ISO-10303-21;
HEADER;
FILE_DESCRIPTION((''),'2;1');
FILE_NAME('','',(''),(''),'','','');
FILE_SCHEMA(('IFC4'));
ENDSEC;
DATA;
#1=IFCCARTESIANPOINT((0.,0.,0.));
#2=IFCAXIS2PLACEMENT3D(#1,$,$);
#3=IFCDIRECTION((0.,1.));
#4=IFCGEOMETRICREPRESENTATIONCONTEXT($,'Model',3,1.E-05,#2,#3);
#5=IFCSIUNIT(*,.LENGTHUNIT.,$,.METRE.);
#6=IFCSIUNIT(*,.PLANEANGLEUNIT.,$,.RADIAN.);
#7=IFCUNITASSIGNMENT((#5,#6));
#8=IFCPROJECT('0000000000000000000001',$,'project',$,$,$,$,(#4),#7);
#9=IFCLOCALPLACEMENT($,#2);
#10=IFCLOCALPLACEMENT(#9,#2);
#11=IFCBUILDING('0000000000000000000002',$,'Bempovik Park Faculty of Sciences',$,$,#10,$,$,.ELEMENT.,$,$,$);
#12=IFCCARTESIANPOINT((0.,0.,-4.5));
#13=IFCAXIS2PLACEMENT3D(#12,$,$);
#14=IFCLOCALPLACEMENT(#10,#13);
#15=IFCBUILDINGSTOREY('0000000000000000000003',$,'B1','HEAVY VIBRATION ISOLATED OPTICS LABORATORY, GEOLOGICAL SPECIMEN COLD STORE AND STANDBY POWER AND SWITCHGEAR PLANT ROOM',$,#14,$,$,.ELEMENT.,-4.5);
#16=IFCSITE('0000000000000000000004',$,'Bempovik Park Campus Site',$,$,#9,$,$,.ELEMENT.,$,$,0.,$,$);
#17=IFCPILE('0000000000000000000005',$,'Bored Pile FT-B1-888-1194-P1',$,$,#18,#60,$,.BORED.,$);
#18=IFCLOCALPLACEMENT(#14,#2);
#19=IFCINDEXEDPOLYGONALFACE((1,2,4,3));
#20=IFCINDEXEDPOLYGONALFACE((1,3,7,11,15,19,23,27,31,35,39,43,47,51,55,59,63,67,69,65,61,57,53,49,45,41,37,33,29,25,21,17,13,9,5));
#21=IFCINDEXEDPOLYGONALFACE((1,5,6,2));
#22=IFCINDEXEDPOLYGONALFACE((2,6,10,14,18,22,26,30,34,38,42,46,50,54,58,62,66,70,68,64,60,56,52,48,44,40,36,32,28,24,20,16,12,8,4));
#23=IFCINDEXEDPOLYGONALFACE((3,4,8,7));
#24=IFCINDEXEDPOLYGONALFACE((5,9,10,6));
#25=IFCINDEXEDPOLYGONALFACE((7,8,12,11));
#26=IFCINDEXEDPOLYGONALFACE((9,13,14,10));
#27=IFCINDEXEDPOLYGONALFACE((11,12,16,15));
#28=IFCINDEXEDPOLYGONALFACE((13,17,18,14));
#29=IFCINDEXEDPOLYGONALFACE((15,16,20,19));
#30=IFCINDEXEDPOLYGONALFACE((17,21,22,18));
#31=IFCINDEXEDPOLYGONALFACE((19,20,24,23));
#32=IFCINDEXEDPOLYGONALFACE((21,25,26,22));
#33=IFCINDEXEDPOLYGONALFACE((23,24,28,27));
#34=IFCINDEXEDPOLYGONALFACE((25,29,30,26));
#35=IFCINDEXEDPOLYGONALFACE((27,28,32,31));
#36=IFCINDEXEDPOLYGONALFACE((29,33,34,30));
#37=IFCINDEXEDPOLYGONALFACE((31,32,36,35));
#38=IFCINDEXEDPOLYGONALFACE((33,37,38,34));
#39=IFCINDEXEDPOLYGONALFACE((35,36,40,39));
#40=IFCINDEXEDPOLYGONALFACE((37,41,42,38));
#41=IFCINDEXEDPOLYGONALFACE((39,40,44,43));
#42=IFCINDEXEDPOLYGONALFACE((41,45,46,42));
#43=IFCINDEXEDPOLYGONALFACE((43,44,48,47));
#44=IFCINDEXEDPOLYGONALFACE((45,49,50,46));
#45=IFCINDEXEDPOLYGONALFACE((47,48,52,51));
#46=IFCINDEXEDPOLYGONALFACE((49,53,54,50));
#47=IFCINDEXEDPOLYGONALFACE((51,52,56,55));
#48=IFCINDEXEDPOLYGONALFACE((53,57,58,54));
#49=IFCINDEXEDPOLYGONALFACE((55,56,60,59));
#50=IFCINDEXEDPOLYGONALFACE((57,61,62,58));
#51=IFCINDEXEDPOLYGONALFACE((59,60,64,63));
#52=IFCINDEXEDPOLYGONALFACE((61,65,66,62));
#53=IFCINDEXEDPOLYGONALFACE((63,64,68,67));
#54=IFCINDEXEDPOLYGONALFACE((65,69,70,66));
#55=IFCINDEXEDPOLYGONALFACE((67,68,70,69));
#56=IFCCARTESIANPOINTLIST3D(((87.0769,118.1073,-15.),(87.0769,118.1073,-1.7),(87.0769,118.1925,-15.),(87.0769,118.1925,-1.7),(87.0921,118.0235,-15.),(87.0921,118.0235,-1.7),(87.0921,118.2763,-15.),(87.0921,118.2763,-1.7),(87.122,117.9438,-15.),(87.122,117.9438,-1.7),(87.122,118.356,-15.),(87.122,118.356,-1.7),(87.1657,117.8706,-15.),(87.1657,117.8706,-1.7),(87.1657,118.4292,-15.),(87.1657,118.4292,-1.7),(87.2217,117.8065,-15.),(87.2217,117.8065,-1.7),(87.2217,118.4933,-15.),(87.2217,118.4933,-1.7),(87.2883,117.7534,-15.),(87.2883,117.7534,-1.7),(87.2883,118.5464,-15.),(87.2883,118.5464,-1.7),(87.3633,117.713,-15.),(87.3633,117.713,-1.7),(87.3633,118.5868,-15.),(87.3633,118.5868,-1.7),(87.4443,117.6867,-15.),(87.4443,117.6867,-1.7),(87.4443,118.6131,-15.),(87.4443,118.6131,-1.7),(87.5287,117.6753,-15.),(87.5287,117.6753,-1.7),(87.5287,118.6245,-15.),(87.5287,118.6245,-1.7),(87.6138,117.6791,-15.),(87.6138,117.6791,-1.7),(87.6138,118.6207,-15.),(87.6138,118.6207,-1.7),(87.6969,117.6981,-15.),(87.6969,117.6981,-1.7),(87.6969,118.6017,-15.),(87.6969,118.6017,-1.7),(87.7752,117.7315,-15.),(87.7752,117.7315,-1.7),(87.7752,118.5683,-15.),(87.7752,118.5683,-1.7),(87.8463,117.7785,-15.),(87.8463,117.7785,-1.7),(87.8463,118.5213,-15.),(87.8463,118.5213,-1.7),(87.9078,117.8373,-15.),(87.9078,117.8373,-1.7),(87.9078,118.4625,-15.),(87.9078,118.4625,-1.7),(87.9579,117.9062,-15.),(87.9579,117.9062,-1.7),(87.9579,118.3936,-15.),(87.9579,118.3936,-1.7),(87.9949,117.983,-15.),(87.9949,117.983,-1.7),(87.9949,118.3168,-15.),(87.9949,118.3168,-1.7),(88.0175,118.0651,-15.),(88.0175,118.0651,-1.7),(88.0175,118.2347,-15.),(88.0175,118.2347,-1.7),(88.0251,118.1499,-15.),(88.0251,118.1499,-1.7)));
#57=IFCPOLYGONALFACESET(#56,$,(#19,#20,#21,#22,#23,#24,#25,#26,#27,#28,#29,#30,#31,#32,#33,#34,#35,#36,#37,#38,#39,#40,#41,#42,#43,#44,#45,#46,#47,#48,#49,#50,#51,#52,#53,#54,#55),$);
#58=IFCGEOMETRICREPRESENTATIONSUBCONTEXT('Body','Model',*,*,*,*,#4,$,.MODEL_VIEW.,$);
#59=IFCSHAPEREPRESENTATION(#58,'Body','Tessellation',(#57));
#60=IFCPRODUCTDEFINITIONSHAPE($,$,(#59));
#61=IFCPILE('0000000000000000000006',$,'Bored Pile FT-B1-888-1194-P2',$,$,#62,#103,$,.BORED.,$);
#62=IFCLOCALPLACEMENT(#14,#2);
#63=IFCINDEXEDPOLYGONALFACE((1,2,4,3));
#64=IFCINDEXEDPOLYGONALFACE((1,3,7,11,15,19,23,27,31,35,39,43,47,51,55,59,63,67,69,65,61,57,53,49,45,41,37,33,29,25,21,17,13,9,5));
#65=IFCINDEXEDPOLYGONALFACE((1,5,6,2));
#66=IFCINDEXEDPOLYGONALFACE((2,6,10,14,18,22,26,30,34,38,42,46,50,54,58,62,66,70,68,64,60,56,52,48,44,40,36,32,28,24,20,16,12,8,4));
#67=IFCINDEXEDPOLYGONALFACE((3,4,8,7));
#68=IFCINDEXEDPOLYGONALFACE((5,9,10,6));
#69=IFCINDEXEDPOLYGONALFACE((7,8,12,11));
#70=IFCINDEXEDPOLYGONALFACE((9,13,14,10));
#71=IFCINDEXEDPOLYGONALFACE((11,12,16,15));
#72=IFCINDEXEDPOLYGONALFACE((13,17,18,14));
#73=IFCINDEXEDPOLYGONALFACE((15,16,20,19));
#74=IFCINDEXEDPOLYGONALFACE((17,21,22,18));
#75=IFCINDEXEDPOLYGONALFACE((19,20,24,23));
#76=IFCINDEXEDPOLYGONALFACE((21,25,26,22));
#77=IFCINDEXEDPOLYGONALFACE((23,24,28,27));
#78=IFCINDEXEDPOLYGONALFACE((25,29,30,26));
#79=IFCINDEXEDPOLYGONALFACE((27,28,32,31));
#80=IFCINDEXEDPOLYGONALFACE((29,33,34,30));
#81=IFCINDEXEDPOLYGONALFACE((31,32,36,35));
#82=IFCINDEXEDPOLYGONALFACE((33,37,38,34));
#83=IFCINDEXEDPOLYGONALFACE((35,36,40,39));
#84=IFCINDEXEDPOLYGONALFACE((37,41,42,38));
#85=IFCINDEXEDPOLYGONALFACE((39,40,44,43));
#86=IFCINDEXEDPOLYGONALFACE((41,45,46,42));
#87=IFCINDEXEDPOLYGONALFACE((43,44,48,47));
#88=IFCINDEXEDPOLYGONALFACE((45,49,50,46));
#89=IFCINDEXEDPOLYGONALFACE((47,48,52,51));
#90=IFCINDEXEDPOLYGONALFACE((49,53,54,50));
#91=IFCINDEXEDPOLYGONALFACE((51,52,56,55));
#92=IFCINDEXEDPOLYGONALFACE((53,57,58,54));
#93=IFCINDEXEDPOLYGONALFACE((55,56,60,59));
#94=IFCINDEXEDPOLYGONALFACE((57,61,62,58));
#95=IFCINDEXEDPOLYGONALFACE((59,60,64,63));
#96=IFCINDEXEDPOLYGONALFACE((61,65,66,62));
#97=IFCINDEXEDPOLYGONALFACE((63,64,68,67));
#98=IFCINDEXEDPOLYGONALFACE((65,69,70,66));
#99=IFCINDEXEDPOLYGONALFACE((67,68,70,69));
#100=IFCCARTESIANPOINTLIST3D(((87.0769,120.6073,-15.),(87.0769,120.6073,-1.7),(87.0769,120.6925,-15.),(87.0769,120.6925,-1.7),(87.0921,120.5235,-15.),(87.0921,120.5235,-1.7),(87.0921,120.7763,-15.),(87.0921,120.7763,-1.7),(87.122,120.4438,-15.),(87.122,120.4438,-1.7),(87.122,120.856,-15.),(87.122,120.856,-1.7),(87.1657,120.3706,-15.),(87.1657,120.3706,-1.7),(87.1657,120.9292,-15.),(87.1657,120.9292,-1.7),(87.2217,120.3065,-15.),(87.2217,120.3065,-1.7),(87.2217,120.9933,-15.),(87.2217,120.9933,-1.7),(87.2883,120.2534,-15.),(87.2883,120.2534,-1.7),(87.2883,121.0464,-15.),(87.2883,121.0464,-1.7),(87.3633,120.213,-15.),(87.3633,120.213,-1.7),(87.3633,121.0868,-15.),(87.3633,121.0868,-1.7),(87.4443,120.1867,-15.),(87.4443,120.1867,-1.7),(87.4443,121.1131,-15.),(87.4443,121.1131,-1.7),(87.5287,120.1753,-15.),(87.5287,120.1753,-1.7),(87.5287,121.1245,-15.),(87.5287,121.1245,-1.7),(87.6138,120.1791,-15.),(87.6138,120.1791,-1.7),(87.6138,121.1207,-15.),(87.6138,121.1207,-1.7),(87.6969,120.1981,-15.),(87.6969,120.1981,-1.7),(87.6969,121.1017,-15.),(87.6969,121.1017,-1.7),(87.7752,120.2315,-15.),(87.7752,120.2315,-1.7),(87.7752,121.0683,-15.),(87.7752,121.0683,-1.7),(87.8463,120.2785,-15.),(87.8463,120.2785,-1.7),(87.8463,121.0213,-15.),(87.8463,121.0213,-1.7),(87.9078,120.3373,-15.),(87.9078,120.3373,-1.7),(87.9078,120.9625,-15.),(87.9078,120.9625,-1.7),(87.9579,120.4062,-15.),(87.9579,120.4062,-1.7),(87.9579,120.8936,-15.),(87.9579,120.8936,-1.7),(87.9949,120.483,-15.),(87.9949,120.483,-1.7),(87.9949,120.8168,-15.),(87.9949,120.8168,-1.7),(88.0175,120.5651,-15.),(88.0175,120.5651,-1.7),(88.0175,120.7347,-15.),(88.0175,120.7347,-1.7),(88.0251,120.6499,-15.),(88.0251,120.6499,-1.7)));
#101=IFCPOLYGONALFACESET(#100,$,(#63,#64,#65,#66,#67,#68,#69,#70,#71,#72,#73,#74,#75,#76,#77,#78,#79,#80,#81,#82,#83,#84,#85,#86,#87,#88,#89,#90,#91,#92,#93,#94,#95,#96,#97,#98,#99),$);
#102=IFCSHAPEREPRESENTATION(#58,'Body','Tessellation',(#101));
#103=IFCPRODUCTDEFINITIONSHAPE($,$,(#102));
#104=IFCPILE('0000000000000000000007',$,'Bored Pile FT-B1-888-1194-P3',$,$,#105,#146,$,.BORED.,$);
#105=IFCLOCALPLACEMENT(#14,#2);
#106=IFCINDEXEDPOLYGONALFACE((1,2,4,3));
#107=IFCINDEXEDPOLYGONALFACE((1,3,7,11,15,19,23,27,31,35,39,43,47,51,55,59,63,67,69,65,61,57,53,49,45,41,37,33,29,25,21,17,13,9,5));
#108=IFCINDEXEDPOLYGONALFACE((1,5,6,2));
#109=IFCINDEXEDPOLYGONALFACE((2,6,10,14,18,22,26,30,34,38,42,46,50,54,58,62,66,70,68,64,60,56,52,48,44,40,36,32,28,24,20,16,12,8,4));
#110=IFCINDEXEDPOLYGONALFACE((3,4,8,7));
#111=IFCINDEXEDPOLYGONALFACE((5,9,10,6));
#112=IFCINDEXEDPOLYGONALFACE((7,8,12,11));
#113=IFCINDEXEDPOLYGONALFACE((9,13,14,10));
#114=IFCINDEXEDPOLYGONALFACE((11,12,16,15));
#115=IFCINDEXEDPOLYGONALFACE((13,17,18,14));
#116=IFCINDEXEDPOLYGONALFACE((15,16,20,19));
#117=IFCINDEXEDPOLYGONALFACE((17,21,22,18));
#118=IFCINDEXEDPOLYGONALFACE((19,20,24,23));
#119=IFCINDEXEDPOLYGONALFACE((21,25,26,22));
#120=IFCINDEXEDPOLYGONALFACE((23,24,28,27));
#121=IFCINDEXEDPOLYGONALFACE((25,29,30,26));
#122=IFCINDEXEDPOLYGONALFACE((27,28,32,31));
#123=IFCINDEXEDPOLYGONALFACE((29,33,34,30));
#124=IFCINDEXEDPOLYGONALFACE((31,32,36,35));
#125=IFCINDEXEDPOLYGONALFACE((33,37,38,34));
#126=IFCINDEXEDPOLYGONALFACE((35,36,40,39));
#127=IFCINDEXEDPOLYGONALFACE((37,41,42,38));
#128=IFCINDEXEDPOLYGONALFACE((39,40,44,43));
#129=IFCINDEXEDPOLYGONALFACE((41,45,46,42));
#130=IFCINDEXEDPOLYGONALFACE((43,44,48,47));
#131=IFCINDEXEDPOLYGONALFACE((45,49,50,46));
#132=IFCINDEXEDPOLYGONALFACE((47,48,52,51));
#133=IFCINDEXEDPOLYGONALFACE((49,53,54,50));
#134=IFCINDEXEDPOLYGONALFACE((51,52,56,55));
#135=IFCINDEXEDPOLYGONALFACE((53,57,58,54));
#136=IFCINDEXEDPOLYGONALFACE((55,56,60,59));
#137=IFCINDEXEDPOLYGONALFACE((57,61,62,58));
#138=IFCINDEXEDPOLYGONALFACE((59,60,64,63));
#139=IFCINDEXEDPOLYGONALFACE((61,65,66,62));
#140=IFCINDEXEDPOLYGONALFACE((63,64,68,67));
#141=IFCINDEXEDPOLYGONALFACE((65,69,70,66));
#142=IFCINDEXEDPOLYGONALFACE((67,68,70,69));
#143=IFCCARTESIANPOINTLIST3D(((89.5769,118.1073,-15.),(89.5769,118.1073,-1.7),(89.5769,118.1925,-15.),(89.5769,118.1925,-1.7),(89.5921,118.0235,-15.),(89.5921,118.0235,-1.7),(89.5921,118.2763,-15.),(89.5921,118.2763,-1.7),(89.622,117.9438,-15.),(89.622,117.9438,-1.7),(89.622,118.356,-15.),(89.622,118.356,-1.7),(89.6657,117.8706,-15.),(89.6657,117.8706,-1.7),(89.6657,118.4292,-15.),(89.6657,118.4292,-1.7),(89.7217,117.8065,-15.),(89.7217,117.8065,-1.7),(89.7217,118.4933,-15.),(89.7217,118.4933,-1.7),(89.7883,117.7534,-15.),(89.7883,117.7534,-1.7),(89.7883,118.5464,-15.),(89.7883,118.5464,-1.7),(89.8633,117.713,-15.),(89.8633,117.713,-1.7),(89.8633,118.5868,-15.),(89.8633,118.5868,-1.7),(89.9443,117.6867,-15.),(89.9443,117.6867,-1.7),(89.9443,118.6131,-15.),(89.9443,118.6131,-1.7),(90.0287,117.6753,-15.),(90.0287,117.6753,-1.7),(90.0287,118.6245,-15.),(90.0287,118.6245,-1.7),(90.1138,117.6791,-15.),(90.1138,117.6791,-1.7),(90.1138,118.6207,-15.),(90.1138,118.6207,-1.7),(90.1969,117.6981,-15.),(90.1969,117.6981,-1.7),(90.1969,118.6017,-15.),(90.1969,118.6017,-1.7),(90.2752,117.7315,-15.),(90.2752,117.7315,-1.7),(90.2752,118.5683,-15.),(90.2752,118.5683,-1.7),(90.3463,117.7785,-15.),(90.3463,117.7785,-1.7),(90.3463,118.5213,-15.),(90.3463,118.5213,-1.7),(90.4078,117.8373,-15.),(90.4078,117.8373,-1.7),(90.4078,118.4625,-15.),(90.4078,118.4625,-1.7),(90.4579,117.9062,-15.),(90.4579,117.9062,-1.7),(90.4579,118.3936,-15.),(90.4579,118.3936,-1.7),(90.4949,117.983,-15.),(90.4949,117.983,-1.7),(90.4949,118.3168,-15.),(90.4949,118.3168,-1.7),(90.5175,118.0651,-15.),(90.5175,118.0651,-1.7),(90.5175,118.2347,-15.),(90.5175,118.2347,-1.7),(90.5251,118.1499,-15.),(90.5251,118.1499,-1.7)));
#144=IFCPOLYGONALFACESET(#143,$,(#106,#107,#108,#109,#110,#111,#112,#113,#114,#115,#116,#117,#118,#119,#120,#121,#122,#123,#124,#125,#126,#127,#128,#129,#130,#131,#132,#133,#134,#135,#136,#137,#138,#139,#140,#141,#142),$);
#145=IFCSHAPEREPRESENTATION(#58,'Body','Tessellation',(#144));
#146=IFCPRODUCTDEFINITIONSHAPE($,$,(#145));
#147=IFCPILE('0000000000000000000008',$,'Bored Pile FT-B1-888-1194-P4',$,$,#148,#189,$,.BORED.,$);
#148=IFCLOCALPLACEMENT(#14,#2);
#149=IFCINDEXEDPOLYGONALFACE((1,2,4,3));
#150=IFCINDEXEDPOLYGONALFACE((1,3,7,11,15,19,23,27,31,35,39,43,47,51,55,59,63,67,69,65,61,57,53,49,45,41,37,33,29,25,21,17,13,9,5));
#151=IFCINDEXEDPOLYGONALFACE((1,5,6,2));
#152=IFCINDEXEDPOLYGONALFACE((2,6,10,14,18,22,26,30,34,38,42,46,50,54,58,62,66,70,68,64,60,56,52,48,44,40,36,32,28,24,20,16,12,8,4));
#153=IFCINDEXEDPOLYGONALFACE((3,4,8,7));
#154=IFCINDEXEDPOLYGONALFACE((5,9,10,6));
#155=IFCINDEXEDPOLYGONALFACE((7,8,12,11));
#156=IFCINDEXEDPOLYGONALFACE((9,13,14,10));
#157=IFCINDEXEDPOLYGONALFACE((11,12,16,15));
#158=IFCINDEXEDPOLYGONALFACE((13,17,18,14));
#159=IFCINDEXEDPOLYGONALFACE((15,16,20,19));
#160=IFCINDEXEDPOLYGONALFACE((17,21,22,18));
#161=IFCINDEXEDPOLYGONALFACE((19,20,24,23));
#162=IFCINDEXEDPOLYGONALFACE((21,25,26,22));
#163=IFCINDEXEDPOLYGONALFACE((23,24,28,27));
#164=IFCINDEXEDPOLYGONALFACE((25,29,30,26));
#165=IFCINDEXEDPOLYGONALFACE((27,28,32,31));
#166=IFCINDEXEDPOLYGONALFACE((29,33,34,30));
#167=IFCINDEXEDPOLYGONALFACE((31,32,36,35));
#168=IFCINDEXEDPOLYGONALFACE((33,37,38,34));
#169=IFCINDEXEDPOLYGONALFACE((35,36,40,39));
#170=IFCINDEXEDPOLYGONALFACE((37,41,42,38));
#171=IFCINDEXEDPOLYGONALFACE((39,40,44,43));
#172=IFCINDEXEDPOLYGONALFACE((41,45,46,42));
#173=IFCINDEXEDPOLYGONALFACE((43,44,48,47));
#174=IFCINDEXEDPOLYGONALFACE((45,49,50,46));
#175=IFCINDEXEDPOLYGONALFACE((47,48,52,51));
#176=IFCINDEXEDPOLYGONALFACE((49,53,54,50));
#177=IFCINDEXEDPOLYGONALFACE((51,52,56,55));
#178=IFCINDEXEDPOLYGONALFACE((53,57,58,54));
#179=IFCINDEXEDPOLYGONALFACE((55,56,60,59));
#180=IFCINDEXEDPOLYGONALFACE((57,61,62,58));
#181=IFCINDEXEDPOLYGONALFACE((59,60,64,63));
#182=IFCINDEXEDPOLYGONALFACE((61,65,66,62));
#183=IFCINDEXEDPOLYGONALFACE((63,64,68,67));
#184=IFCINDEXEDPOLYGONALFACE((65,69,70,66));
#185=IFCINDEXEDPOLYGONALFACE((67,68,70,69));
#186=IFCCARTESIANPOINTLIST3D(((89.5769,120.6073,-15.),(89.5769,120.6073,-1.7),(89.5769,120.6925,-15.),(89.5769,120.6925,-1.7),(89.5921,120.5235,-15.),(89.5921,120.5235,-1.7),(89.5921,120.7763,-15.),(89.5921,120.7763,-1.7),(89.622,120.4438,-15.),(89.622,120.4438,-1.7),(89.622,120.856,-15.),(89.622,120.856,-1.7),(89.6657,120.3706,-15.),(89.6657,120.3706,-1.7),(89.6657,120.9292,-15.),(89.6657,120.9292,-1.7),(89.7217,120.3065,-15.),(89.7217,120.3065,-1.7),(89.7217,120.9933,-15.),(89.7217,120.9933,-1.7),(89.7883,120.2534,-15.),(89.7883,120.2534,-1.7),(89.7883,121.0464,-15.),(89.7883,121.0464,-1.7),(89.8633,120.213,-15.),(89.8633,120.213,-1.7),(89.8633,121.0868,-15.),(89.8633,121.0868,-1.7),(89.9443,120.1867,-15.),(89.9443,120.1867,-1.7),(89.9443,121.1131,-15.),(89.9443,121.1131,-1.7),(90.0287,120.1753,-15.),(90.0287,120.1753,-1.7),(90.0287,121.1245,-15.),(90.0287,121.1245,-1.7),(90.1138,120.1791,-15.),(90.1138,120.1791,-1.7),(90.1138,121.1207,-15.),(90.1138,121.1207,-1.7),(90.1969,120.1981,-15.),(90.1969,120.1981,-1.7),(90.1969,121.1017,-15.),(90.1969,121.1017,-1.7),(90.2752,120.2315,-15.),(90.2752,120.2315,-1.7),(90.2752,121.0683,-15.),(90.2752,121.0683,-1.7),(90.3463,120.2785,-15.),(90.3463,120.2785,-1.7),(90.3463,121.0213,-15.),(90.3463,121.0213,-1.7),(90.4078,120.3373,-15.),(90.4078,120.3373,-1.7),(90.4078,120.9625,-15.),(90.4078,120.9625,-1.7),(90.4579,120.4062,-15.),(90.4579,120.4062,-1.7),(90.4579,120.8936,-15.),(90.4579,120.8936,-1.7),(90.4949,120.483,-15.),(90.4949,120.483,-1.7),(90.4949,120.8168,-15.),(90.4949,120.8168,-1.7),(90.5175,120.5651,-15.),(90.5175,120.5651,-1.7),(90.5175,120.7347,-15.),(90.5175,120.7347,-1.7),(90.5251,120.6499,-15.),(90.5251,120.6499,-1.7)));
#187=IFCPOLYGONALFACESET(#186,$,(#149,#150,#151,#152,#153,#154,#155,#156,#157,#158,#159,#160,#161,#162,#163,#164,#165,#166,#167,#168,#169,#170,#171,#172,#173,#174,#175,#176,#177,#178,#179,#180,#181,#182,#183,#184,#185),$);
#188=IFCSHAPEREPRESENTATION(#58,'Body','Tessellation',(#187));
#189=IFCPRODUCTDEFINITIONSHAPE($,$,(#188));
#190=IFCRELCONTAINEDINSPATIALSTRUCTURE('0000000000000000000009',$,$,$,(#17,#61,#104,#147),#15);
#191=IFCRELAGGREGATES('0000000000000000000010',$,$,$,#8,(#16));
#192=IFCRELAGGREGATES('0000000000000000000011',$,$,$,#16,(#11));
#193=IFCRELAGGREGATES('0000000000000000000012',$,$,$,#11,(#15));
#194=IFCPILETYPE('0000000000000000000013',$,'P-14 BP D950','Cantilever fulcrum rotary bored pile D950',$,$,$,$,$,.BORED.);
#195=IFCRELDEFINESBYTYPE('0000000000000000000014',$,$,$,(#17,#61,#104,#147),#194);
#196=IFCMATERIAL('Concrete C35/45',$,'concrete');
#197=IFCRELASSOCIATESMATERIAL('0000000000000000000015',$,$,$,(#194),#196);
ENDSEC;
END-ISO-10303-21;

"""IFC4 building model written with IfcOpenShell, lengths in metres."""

from ifc_helpers import new_model, si_unit, direction, frame, origin, origin_2d, place, context, subcontext, project, spatial, circle, extrude, material, material_profile, profile_set, type_object, element, save


model = new_model("IFC4")

# Units and contexts
model_context = context("Model", 3, precision=1e-05, world=origin(), true_north=direction((0.0, 1.0)))
body_context = subcontext(model_context, "Body", "Model", "MODEL_VIEW")
ifc_project = project(units=[si_unit("LENGTHUNIT", "METRE"), si_unit("PLANEANGLEUNIT", "RADIAN")], contexts=[model_context])

# Site, building, storey
site_placement = place(None, origin())
site = spatial("IfcSite", under=ifc_project, at=site_placement, Name="Bempovik Park Campus Site", CompositionType="ELEMENT", RefElevation=0.0)
building_placement = place(site_placement, origin())
building = spatial("IfcBuilding", under=site, at=building_placement, Name="Bempovik Park Faculty of Sciences", CompositionType="ELEMENT")
storey_placement = place(building_placement, frame((0.0, 0.0, -4.5)))
storey = spatial("IfcBuildingStorey", under=building, at=storey_placement, Name="B1", Description="HEAVY VIBRATION ISOLATED OPTICS LABORATORY, GEOLOGICAL SPECIMEN COLD STORE AND STANDBY POWER AND SWITCHGEAR PLANT ROOM", CompositionType="ELEMENT", Elevation=-4.5)

# Shared definitions
ifc_material_1 = material(Name="Concrete C35/45", Category="concrete")

# Piles
ifc_material_profile_1 = material_profile(ifc_material_1, circle(Radius=0.4751, at=origin_2d()), Name="BP D950")
ifc_profile_set_1 = profile_set([ifc_material_profile_1], Name="Concrete C35/45")
pile_type_1 = type_object("IfcPileType", Name="P-14 BP D950", Description="Cantilever fulcrum rotary bored pile D950", PredefinedType="BORED", material=ifc_profile_set_1)
for number, where, z_axis, x_axis, name in (
    (1, (87.55, 118.1499, -1.7), (0.0, 0.0, -1.0), (1.0, 0.0, 0.0), "Bored Pile FT-B1-888-1194-P1"),
    (2, (87.55, 120.6499, -1.7), (0.0, 0.0, -1.0), (1.0, 0.0, 0.0), "Bored Pile FT-B1-888-1194-P2"),
    (3, (90.05, 118.1499, -1.7), (0.0, 0.0, -1.0), (1.0, 0.0, 0.0), "Bored Pile FT-B1-888-1194-P3"),
    (4, (90.05, 120.6499, -1.7), (0.0, 0.0, -1.0), (1.0, 0.0, 0.0), "Bored Pile FT-B1-888-1194-P4"),
):
    element("IfcPile", number, at=place(storey_placement, frame(where, z_axis=z_axis, x_axis=x_axis)), inside=storey, type_object=pile_type_1, Name=name, PredefinedType="BORED", context=body_context, shape_type="SweptSolid", body=[
        extrude(circle(Radius=0.4751, at=origin_2d()), origin(), (0.0, 0.0, 1.0), 13.3),
    ])

save(model, "model.ifc")
